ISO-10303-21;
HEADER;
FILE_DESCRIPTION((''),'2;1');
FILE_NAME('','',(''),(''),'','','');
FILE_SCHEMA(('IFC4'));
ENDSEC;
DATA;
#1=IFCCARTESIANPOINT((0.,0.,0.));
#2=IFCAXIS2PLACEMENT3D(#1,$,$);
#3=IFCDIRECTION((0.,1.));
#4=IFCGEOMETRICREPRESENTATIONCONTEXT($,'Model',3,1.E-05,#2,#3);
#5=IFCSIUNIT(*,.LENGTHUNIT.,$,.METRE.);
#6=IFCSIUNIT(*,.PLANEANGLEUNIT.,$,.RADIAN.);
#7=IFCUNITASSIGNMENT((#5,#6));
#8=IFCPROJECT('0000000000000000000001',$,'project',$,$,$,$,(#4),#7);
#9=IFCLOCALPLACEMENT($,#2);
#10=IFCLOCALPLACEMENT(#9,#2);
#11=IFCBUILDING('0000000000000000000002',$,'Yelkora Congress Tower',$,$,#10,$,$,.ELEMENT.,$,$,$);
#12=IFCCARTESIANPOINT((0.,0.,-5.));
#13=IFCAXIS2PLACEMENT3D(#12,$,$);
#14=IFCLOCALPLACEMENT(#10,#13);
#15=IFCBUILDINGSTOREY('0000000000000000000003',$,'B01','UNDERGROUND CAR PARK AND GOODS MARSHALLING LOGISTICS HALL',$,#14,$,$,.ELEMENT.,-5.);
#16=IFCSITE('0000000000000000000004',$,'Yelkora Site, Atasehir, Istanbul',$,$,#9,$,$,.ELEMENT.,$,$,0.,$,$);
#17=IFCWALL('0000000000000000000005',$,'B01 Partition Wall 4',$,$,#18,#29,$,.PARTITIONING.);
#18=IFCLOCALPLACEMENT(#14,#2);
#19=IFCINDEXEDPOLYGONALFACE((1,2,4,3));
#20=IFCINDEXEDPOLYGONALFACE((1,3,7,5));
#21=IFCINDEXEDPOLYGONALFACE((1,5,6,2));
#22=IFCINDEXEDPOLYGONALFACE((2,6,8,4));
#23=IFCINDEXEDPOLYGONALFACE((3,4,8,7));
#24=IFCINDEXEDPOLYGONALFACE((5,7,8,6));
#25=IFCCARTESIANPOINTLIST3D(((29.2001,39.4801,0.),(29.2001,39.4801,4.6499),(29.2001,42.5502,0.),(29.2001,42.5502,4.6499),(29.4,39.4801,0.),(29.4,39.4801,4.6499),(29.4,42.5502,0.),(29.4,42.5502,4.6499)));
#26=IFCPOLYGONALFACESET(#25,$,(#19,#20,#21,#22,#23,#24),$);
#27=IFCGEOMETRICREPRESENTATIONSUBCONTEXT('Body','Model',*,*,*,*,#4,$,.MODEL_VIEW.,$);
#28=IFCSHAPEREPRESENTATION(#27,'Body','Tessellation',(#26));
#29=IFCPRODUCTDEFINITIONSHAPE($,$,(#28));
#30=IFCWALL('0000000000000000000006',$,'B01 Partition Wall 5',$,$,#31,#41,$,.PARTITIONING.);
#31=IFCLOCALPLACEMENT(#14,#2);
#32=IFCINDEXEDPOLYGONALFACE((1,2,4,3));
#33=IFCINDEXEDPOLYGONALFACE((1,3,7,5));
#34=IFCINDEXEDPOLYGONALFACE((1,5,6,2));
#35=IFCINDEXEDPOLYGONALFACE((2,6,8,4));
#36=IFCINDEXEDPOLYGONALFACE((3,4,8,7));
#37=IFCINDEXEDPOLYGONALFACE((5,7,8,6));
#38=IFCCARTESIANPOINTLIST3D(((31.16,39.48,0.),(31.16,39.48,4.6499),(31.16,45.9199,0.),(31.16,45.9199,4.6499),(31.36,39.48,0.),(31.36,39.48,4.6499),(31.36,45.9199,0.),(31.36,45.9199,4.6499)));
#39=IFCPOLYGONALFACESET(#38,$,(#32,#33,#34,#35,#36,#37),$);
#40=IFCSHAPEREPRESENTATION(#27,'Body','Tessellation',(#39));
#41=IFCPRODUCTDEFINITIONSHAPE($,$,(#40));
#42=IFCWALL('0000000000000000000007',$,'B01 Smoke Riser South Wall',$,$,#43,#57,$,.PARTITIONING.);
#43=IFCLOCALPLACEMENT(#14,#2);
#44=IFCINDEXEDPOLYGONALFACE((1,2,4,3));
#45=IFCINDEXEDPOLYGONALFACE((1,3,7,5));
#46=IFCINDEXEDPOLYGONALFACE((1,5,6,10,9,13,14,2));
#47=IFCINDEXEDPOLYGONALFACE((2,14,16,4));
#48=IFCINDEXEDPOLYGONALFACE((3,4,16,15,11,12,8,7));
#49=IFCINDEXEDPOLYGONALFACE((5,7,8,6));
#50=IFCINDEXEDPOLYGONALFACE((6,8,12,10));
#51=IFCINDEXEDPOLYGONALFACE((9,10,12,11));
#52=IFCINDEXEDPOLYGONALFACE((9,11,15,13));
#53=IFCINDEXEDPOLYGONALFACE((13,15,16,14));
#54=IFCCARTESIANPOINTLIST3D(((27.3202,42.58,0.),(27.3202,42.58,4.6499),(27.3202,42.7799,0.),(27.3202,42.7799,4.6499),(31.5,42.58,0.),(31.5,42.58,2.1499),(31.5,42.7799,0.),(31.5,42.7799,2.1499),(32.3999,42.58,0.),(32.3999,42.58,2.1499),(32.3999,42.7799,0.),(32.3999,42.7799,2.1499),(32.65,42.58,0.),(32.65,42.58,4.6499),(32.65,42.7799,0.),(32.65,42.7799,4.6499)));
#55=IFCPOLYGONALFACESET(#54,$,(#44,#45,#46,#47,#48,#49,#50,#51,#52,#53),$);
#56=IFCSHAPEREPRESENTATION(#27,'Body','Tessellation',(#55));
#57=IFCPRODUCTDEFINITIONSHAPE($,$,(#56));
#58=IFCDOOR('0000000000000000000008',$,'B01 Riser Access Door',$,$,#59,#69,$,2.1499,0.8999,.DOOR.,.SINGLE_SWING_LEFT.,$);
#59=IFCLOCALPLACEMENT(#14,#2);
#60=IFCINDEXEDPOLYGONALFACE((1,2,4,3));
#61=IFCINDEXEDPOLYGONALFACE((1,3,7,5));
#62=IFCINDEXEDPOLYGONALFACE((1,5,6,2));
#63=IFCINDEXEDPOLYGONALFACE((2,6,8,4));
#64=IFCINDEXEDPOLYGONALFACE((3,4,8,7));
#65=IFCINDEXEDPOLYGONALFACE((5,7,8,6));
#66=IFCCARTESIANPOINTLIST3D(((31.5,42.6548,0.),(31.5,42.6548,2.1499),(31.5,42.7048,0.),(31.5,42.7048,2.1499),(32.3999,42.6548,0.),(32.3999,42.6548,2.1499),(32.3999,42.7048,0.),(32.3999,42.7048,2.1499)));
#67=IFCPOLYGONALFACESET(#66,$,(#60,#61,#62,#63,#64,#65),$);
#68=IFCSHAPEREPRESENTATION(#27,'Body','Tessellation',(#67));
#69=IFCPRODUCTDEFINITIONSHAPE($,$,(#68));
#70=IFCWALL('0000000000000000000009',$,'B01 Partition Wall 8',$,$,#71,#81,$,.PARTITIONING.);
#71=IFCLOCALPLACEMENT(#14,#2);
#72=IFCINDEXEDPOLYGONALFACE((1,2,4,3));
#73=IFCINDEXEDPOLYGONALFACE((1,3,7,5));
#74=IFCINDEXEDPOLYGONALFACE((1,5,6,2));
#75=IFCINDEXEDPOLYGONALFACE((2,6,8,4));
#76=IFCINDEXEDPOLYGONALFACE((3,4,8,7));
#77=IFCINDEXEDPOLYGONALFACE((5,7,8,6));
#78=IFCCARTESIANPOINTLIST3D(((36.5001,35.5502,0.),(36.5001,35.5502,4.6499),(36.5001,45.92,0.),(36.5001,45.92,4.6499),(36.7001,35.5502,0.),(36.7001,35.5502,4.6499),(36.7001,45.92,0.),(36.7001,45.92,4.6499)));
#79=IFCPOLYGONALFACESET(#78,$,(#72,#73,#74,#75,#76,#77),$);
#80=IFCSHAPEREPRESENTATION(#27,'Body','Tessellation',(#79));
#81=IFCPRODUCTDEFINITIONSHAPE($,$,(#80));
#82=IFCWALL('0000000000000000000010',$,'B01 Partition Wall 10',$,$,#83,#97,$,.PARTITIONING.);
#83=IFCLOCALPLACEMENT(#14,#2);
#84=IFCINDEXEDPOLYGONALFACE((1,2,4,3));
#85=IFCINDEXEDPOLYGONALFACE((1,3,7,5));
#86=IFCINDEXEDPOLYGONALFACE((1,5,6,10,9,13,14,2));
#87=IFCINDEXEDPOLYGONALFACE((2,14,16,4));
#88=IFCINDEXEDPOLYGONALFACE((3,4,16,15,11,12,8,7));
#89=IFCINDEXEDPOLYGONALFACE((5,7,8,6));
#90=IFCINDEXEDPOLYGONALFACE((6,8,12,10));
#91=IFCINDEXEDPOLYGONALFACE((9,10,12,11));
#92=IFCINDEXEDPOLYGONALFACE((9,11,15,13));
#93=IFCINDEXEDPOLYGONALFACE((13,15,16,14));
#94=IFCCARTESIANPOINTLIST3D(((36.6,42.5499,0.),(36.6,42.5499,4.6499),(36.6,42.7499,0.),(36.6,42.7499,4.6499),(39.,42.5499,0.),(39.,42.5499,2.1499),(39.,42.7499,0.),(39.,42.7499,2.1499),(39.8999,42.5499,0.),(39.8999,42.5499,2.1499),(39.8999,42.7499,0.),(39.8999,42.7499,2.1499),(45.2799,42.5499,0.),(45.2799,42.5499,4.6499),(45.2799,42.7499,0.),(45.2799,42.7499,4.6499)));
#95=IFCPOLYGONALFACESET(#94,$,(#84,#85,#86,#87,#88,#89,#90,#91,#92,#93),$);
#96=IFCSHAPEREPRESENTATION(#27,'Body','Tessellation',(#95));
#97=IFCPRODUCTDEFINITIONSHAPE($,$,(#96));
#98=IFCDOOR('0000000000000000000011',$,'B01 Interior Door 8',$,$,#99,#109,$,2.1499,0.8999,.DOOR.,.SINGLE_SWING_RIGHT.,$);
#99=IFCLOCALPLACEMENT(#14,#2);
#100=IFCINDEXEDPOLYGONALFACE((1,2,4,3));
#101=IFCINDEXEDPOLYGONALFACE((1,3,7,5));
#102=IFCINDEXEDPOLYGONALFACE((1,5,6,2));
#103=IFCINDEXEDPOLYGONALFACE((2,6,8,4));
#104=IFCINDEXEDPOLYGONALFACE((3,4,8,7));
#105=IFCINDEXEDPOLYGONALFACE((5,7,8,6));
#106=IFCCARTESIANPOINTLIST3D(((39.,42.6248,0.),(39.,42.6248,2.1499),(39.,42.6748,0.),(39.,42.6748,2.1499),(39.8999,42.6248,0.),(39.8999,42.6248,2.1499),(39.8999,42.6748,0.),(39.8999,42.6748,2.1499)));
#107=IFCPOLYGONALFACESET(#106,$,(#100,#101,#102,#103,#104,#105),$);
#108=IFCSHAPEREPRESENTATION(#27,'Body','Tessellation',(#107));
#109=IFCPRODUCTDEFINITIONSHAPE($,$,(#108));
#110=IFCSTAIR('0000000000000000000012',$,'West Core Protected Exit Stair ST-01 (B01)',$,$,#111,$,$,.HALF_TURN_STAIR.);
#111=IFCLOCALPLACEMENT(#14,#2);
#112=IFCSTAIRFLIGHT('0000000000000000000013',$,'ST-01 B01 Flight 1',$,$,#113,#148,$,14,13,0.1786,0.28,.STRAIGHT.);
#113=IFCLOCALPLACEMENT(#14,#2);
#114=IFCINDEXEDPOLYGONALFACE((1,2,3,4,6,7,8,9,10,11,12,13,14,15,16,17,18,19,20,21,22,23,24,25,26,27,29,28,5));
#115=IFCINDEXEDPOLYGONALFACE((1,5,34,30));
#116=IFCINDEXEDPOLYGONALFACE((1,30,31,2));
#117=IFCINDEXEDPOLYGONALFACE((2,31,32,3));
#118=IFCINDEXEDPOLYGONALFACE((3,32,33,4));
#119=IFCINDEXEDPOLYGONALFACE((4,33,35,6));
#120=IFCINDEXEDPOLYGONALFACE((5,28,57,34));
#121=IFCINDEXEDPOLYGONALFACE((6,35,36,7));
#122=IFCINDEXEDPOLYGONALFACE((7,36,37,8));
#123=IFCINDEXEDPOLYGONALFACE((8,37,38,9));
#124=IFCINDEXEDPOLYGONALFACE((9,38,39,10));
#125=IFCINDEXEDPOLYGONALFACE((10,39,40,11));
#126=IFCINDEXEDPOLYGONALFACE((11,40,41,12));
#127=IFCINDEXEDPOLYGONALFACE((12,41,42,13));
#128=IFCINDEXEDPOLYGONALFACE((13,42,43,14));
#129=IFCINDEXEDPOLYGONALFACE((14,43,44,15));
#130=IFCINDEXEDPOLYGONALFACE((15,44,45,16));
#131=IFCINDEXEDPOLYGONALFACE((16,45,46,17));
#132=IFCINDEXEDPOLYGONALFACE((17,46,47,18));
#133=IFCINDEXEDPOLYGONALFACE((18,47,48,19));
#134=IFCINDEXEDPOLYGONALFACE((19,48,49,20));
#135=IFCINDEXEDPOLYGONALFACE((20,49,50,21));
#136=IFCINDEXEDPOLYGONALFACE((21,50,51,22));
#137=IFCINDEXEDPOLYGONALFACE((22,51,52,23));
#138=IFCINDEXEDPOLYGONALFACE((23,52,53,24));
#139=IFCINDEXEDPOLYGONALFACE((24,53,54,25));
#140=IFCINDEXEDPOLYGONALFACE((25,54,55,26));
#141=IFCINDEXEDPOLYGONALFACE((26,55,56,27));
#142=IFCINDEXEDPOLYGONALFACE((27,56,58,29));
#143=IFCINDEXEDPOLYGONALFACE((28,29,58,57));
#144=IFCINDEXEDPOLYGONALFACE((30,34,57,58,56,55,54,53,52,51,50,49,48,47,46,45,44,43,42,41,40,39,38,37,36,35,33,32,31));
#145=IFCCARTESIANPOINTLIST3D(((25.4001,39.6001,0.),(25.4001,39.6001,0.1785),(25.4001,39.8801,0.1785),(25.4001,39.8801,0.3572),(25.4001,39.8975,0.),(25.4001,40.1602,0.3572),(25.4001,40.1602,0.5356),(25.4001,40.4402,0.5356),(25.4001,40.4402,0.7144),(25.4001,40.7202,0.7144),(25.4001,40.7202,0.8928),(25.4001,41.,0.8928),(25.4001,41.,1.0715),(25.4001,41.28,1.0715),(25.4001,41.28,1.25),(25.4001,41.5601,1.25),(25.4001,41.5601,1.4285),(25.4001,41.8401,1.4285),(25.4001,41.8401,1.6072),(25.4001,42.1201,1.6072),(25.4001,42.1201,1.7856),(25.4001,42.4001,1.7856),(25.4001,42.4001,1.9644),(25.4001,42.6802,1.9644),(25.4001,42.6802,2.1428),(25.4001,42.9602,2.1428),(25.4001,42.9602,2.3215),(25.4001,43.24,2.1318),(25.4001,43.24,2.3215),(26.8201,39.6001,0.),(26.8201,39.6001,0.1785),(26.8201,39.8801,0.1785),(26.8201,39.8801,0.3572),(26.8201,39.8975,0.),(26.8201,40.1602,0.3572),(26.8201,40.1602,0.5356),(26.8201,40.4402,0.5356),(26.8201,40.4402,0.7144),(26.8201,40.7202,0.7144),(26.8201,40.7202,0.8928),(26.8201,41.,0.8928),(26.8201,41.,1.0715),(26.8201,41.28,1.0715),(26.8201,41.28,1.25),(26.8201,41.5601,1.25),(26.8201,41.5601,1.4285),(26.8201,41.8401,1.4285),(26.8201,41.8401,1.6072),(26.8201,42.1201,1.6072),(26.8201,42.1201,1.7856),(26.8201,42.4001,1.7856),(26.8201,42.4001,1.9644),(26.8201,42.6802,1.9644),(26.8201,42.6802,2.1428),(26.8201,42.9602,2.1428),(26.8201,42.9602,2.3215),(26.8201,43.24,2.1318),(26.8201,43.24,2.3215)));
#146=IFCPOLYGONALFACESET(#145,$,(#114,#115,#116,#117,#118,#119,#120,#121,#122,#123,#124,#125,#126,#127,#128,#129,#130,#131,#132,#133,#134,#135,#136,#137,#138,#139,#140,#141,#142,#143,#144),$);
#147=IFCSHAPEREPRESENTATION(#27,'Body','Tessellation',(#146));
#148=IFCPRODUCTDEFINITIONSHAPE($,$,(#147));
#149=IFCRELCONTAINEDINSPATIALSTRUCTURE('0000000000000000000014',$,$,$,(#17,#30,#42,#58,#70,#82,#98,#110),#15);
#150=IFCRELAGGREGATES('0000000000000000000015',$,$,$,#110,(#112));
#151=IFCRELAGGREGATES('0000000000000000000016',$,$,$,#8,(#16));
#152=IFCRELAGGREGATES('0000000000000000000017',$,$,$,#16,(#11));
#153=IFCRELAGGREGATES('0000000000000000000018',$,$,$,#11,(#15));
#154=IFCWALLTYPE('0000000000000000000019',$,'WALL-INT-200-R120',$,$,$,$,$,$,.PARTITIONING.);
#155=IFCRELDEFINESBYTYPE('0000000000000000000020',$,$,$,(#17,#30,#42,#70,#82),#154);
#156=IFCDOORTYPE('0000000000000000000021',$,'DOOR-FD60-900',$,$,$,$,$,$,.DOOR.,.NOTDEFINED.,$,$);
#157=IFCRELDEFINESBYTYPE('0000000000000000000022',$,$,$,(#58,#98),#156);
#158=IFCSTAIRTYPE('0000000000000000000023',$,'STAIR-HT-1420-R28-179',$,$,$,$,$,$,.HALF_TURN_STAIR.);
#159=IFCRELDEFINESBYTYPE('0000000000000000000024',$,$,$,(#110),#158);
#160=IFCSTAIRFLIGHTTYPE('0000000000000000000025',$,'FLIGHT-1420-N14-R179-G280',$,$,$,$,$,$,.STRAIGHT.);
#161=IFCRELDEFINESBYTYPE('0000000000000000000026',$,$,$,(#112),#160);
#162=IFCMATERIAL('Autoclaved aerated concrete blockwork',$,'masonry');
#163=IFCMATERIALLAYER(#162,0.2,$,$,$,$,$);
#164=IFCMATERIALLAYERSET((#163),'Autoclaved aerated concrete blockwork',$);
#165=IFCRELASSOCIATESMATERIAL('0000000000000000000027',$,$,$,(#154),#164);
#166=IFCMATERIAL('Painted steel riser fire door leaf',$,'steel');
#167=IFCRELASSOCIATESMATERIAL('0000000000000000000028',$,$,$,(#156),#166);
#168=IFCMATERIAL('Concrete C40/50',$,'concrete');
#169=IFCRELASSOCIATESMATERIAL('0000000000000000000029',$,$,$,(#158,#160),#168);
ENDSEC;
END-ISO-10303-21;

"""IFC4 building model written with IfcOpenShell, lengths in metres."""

from ifc_helpers import new_model, si_unit, direction, frame, frame_2d, origin, place, context, subcontext, project, spatial, polyline, rectangle, outline, extrude, material, layer, layer_set, type_object, element, fill, aggregate, save


model = new_model("IFC4")

# Units and contexts
model_context = context("Model", 3, precision=1e-05, world=origin(), true_north=direction((0.0, 1.0)))
body_context = subcontext(model_context, "Body", "Model", "MODEL_VIEW")
ifc_project = project(units=[si_unit("LENGTHUNIT", "METRE"), si_unit("PLANEANGLEUNIT", "RADIAN")], contexts=[model_context])

# Site, building, storey
site_placement = place(None, origin())
site = spatial("IfcSite", under=ifc_project, at=site_placement, Name="Yelkora Site, Atasehir, Istanbul", CompositionType="ELEMENT", RefElevation=0.0)
building_placement = place(site_placement, origin())
building = spatial("IfcBuilding", under=site, at=building_placement, Name="Yelkora Congress Tower", CompositionType="ELEMENT")
storey_placement = place(building_placement, frame((0.0, 0.0, -5.0)))
storey = spatial("IfcBuildingStorey", under=building, at=storey_placement, Name="B01", Description="UNDERGROUND CAR PARK AND GOODS MARSHALLING LOGISTICS HALL", CompositionType="ELEMENT", Elevation=-5.0)

# Shared definitions
ifc_material_1 = material(Name="Autoclaved aerated concrete blockwork", Category="masonry")
ifc_layer_1 = layer(ifc_material_1, 0.2)
ifc_layer_set_1 = layer_set([ifc_layer_1], Name="Autoclaved aerated concrete blockwork")
wall_type_1 = type_object("IfcWallType", Name="WALL-INT-200-R120", PredefinedType="PARTITIONING", material=ifc_layer_set_1)

# Walls
wall_1_placement = place(storey_placement, frame((29.3, 39.48, 0.0), z_axis=(0.0, 0.0, 1.0), x_axis=(0.0, 1.0, 0.0)))
element("IfcWall", 1, at=wall_1_placement, inside=storey, type_object=wall_type_1, Name="B01 Partition Wall 4", PredefinedType="PARTITIONING", context=body_context, shape_type="SweptSolid", body=[
    extrude(rectangle(XDim=3.0701, YDim=0.2, at=frame_2d((1.5352, 0.0))), origin(), (0.0, 0.0, 1.0), 4.6499),
])
wall_2_placement = place(storey_placement, frame((31.26, 39.48, 0.0), z_axis=(0.0, 0.0, 1.0), x_axis=(0.0, 1.0, 0.0)))
element("IfcWall", 2, at=wall_2_placement, inside=storey, type_object=wall_type_1, Name="B01 Partition Wall 5", PredefinedType="PARTITIONING", context=body_context, shape_type="SweptSolid", body=[
    extrude(rectangle(XDim=6.4399, YDim=0.2, at=frame_2d((3.22, 0.0))), origin(), (0.0, 0.0, 1.0), 4.6499),
])

# Wall, opening, door
wall_3_placement = place(storey_placement, frame((27.3201, 42.6799, 0.0), z_axis=(0.0, 0.0, 1.0), x_axis=(1.0, 0.0, 0.0)))
wall_3 = element("IfcWall", 3, at=wall_3_placement, inside=storey, type_object=wall_type_1, Name="B01 Smoke Riser South Wall", PredefinedType="PARTITIONING", context=body_context, shape_type="SweptSolid", body=[
    extrude(rectangle(XDim=5.3298, YDim=0.2, at=frame_2d((2.665, 0.0))), origin(), (0.0, 0.0, 1.0), 4.6499),
])
opening_1_placement = place(wall_3_placement, frame((4.1799, 0.0, 0.0)))
opening_1 = element("IfcOpeningElement", 4, at=opening_1_placement, cuts=wall_3, PredefinedType="OPENING", context=body_context, shape_type="SweptSolid", body=[
    extrude(rectangle(XDim=0.8999, YDim=2.1499, at=frame_2d((0.45, 1.075))), frame((0.0, 0.1099, 0.0), z_axis=(0.0, -1.0, 0.0), x_axis=(1.0, 0.0, 0.0)), (0.0, 0.0, 1.0), 0.22),
])
ifc_material_2 = material(Name="Painted steel riser fire door leaf", Category="steel")
door_type_1 = type_object("IfcDoorType", Name="DOOR-FD60-900", OperationType="NOTDEFINED", PredefinedType="DOOR", material=ifc_material_2)
door_1_placement = place(opening_1_placement, origin())
door_1 = element("IfcDoor", 5, at=door_1_placement, inside=storey, type_object=door_type_1, Name="B01 Riser Access Door", OperationType="SINGLE_SWING_LEFT", OverallHeight=2.1499, OverallWidth=0.8999, PredefinedType="DOOR", context=body_context, shape_type="SweptSolid", body=[
    extrude(rectangle(XDim=0.8999, YDim=2.1499, at=frame_2d((0.45, 1.075))), frame((0.0, 0.0249, 0.0), z_axis=(0.0, -1.0, 0.0), x_axis=(1.0, 0.0, 0.0)), (0.0, 0.0, 1.0), 0.05),
])
fill(opening_1, door_1)

# Wall
wall_4_placement = place(storey_placement, frame((36.6001, 35.55, 0.0), z_axis=(0.0, 0.0, 1.0), x_axis=(0.0, 1.0, 0.0)))
element("IfcWall", 6, at=wall_4_placement, inside=storey, type_object=wall_type_1, Name="B01 Partition Wall 8", PredefinedType="PARTITIONING", context=body_context, shape_type="SweptSolid", body=[
    extrude(rectangle(XDim=10.3699, YDim=0.2, at=frame_2d((5.1851, 0.0))), origin(), (0.0, 0.0, 1.0), 4.6499),
])

# Wall, opening, door
wall_5_placement = place(storey_placement, frame((36.6001, 42.6499, 0.0), z_axis=(0.0, 0.0, 1.0), x_axis=(1.0, 0.0, 0.0)))
wall_5 = element("IfcWall", 7, at=wall_5_placement, inside=storey, type_object=wall_type_1, Name="B01 Partition Wall 10", PredefinedType="PARTITIONING", context=body_context, shape_type="SweptSolid", body=[
    extrude(rectangle(XDim=8.6799, YDim=0.2, at=frame_2d((4.3398, 0.0))), origin(), (0.0, 0.0, 1.0), 4.6499),
])
opening_2_placement = place(wall_5_placement, frame((2.3999, 0.0, 0.0)))
opening_2 = element("IfcOpeningElement", 8, at=opening_2_placement, cuts=wall_5, PredefinedType="OPENING", context=body_context, shape_type="SweptSolid", body=[
    extrude(rectangle(XDim=0.8999, YDim=2.1499, at=frame_2d((0.45, 1.075))), frame((0.0, 0.1099, 0.0), z_axis=(0.0, -1.0, 0.0), x_axis=(1.0, 0.0, 0.0)), (0.0, 0.0, 1.0), 0.22),
])
door_2_placement = place(opening_2_placement, origin())
door_2 = element("IfcDoor", 9, at=door_2_placement, inside=storey, type_object=door_type_1, Name="B01 Interior Door 8", OperationType="SINGLE_SWING_RIGHT", OverallHeight=2.1499, OverallWidth=0.8999, PredefinedType="DOOR", context=body_context, shape_type="SweptSolid", body=[
    extrude(rectangle(XDim=0.8999, YDim=2.1499, at=frame_2d((0.45, 1.075))), frame((0.0, 0.0249, 0.0), z_axis=(0.0, -1.0, 0.0), x_axis=(1.0, 0.0, 0.0)), (0.0, 0.0, 1.0), 0.05),
])
fill(opening_2, door_2)

# Stair, stair flight
ifc_material_3 = material(Name="Concrete C40/50", Category="concrete")
stair_type = type_object("IfcStairType", Name="STAIR-HT-1420-R28-179", PredefinedType="HALF_TURN_STAIR", material=ifc_material_3)
stair_placement = place(storey_placement, origin())
stair = element("IfcStair", 10, at=stair_placement, inside=storey, type_object=stair_type, Name="West Core Protected Exit Stair ST-01 (B01)", PredefinedType="HALF_TURN_STAIR")
stair_flight_type = type_object("IfcStairFlightType", Name="FLIGHT-1420-N14-R179-G280", PredefinedType="STRAIGHT", material=ifc_material_3)
stair_flight_placement = place(storey_placement, frame((26.1101, 39.6001, 0.0), z_axis=(0.0, 0.0, 1.0), x_axis=(0.0, 1.0, 0.0)))
stair_flight = element("IfcStairFlight", 11, at=stair_flight_placement, type_object=stair_flight_type, Name="ST-01 B01 Flight 1", NumberOfRisers=14, NumberOfTreads=13, PredefinedType="STRAIGHT", RiserHeight=0.1786, TreadLength=0.28, context=body_context, shape_type="SweptSolid", body=[
    extrude(outline(polyline([(0.0, 0.0), (0.0, 0.1785), (0.28, 0.1785), (0.28, 0.3572), (0.5601, 0.3572), (0.5601, 0.5356), (0.8401, 0.5356), (0.8401, 0.7144), (1.1201, 0.7144), (1.1201, 0.8928), (1.3999, 0.8928), (1.3999, 1.0715), (1.6799, 1.0715), (1.6799, 1.25), (1.96, 1.25), (1.96, 1.4285), (2.24, 1.4285), (2.24, 1.6072), (2.52, 1.6072), (2.52, 1.7856), (2.8, 1.7856), (2.8, 1.9644), (3.0801, 1.9644), (3.0801, 2.1428), (3.3601, 2.1428), (3.3601, 2.3215), (3.6399, 2.3215), (3.6399, 2.5), (3.6399, 2.1318), (0.2974, 0.0), (0.0, 0.0)])), frame((0.0, 0.71, 0.0), z_axis=(0.0, -1.0, 0.0), x_axis=(1.0, 0.0, 0.0)), (0.0, 0.0, 1.0), 1.4199),
])
aggregate(stair, [stair_flight])

save(model, "model.ifc")
